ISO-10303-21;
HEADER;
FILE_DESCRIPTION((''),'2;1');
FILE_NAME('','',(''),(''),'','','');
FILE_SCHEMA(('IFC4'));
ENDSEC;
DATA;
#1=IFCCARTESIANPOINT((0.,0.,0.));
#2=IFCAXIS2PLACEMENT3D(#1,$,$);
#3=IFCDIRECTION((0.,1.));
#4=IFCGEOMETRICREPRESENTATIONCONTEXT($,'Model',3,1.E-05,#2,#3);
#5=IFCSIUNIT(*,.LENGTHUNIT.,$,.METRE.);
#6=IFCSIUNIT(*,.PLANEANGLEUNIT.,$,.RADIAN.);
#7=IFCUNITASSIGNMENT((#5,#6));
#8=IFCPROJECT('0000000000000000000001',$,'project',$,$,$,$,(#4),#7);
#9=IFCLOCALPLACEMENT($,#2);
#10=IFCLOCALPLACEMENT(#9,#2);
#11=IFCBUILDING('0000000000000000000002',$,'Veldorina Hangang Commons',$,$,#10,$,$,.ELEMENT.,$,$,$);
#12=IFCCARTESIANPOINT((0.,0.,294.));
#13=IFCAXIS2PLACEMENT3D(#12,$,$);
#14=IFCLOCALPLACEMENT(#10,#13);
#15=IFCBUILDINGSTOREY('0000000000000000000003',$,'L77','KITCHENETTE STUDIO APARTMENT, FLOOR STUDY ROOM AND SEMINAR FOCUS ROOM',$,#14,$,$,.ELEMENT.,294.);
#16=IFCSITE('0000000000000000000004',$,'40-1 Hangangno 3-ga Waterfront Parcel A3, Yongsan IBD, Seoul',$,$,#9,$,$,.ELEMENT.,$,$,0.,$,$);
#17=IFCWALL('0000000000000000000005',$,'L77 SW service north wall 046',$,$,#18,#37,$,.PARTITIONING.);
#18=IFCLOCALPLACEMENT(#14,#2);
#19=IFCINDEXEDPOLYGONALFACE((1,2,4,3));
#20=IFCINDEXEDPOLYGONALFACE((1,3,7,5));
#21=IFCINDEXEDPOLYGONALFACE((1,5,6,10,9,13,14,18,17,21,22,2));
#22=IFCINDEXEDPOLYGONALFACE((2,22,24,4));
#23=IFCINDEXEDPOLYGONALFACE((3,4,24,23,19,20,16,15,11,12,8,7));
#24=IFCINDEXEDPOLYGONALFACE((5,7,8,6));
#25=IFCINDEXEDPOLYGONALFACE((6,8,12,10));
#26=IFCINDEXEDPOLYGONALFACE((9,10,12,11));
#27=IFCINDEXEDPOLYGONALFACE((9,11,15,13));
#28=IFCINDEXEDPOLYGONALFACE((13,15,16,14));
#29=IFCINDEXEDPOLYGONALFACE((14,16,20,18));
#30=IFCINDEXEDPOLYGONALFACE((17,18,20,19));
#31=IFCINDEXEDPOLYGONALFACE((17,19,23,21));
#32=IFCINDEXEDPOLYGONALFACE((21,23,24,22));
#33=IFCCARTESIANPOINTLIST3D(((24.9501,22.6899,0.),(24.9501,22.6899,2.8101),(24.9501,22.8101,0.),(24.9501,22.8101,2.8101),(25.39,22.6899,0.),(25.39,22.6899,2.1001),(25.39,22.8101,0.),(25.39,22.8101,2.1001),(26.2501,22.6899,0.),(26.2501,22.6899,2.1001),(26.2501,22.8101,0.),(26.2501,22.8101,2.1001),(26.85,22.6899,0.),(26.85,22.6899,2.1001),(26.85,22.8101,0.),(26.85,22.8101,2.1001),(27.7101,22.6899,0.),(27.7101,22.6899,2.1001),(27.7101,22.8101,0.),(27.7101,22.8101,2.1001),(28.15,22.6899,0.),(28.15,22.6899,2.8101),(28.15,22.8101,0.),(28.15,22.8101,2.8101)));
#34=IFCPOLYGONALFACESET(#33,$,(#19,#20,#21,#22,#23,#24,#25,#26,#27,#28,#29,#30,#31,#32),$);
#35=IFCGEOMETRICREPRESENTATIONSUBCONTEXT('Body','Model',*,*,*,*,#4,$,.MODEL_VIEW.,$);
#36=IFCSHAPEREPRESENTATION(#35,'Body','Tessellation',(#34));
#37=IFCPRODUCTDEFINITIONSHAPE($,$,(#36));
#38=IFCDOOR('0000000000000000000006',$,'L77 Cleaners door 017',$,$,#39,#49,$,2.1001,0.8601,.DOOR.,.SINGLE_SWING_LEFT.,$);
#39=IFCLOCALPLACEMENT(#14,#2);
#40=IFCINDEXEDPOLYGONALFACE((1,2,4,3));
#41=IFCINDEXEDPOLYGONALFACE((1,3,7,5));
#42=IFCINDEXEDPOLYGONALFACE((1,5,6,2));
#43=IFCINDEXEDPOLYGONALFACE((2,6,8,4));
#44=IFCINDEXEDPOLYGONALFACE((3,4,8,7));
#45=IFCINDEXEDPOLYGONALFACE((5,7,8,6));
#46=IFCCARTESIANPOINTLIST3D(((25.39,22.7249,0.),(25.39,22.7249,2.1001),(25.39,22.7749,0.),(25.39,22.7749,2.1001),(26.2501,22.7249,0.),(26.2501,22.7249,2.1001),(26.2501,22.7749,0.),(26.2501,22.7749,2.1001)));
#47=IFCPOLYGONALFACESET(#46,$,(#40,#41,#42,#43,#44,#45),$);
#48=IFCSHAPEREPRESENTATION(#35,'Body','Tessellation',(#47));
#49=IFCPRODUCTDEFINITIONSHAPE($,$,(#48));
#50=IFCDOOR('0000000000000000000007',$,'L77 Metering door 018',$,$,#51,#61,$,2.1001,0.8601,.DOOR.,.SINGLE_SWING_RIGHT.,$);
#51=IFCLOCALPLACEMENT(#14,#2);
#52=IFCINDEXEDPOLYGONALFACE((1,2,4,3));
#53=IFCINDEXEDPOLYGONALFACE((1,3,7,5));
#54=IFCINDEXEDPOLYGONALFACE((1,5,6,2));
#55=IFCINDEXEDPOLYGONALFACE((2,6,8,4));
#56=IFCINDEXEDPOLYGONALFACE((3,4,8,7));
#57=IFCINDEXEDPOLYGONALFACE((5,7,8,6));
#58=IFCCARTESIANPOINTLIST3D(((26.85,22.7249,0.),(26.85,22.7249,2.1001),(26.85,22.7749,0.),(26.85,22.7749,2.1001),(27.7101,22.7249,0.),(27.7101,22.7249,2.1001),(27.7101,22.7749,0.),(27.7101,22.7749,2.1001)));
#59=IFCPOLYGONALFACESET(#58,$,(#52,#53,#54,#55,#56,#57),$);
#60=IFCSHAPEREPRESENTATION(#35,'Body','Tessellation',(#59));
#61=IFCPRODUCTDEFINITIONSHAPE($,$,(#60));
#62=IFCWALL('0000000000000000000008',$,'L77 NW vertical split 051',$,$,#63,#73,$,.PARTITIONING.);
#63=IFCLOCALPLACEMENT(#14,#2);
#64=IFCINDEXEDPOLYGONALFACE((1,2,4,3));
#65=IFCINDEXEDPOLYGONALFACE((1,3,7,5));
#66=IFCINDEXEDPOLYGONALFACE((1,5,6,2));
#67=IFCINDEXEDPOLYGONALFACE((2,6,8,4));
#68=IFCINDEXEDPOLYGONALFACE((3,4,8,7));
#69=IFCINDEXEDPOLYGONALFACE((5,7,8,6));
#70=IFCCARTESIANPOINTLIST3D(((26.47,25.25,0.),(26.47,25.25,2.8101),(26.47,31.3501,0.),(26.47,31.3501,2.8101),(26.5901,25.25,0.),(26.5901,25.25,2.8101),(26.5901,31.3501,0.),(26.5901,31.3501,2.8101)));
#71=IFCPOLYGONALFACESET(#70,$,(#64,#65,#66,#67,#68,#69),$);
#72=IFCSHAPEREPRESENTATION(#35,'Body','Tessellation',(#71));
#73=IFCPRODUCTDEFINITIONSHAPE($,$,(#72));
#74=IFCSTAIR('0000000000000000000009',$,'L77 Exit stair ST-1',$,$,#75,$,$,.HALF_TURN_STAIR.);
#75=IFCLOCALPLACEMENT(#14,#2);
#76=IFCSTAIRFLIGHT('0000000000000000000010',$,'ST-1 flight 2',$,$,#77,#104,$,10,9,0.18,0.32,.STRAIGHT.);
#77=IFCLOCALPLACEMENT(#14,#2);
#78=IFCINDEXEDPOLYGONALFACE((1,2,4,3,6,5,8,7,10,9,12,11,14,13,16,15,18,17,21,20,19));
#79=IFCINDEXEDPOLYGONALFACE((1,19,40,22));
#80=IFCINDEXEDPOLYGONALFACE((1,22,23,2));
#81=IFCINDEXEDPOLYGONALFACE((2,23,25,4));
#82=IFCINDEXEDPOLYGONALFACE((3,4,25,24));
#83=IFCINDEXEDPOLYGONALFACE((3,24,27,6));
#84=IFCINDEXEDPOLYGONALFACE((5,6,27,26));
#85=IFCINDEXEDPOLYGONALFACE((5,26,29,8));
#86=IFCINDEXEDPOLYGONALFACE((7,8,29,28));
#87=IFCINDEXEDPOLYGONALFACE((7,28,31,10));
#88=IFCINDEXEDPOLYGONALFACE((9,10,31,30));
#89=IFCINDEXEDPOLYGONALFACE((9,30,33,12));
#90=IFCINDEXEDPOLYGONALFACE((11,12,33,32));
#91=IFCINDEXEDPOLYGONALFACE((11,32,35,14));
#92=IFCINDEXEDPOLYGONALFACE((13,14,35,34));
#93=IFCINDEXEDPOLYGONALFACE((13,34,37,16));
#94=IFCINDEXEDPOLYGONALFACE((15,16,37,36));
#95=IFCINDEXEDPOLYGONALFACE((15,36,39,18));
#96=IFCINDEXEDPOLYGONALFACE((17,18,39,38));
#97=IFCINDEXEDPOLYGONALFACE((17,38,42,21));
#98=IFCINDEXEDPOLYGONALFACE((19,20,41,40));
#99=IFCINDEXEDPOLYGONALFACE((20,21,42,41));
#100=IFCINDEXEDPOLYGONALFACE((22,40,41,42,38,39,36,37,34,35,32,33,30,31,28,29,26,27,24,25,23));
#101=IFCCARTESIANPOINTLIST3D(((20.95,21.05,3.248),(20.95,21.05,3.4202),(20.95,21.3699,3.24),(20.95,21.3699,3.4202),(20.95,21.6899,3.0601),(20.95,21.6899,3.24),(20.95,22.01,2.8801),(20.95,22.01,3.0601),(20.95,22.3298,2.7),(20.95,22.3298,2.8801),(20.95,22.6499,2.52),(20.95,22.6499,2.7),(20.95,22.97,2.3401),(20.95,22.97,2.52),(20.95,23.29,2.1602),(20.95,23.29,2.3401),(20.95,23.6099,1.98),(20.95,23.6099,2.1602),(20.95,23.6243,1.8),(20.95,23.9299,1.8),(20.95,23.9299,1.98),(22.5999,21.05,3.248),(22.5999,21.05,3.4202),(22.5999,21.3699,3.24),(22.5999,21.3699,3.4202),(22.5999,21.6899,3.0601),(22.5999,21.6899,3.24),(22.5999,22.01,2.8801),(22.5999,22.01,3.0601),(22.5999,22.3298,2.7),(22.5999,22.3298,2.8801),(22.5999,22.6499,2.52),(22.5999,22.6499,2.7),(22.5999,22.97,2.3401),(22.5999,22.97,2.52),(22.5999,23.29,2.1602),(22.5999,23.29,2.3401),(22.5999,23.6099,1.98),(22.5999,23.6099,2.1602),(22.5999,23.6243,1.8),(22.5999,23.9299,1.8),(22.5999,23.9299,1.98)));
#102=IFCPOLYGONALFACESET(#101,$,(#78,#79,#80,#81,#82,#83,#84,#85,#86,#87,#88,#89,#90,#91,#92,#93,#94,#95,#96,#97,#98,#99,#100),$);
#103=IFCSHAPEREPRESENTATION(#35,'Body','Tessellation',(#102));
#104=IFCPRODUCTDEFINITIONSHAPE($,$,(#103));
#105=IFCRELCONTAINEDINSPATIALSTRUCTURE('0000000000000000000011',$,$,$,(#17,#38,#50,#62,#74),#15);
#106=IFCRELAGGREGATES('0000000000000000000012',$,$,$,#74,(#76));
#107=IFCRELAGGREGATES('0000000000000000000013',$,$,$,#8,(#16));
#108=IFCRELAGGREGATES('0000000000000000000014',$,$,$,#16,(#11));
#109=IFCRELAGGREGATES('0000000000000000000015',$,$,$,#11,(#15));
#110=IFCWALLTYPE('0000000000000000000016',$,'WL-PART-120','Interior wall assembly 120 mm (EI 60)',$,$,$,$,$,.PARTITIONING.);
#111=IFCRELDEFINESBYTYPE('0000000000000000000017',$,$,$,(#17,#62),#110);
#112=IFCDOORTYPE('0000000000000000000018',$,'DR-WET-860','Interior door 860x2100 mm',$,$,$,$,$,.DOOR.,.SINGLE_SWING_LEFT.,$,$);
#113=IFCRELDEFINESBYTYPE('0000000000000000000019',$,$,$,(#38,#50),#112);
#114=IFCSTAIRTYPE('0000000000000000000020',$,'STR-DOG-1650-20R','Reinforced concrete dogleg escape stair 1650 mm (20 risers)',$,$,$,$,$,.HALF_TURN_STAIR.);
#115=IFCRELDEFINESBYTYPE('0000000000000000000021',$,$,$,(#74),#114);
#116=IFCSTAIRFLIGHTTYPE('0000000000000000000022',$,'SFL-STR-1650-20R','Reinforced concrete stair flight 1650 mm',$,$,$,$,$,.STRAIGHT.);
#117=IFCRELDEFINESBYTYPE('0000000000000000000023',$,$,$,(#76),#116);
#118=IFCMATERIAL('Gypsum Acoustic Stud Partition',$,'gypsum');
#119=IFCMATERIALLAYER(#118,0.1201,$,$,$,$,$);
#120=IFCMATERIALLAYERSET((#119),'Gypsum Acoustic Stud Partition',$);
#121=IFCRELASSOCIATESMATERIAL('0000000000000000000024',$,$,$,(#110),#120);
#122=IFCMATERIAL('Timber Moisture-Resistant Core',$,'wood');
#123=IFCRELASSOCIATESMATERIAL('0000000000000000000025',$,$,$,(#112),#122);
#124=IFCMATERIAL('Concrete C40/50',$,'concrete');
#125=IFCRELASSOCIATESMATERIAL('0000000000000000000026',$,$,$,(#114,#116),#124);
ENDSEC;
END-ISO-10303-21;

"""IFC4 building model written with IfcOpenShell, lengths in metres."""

from ifc_helpers import new_model, si_unit, direction, frame, frame_2d, origin, place, context, subcontext, project, spatial, polyline, rectangle, outline, extrude, material, layer, layer_set, type_object, element, fill, aggregate, save


model = new_model("IFC4")

# Units and contexts
model_context = context("Model", 3, precision=1e-05, world=origin(), true_north=direction((0.0, 1.0)))
body_context = subcontext(model_context, "Body", "Model", "MODEL_VIEW")
ifc_project = project(units=[si_unit("LENGTHUNIT", "METRE"), si_unit("PLANEANGLEUNIT", "RADIAN")], contexts=[model_context])

# Site, building, storey
site_placement = place(None, origin())
site = spatial("IfcSite", under=ifc_project, at=site_placement, Name="40-1 Hangangno 3-ga Waterfront Parcel A3, Yongsan IBD, Seoul", CompositionType="ELEMENT", RefElevation=0.0)
building_placement = place(site_placement, origin())
building = spatial("IfcBuilding", under=site, at=building_placement, Name="Veldorina Hangang Commons", CompositionType="ELEMENT")
storey_placement = place(building_placement, frame((0.0, 0.0, 294.0)))
storey = spatial("IfcBuildingStorey", under=building, at=storey_placement, Name="L77", Description="KITCHENETTE STUDIO APARTMENT, FLOOR STUDY ROOM AND SEMINAR FOCUS ROOM", CompositionType="ELEMENT", Elevation=294.0)

# Shared definitions
ifc_material_1 = material(Name="Gypsum Acoustic Stud Partition", Category="gypsum")
ifc_layer_1 = layer(ifc_material_1, 0.1201)
ifc_layer_set_1 = layer_set([ifc_layer_1], Name="Gypsum Acoustic Stud Partition")
wall_type_1 = type_object("IfcWallType", Name="WL-PART-120", Description="Interior wall assembly 120 mm (EI 60)", PredefinedType="PARTITIONING", material=ifc_layer_set_1)

# Wall, openings, doors
ifc_material_2 = material(Name="Timber Moisture-Resistant Core", Category="wood")
door_type_1 = type_object("IfcDoorType", Name="DR-WET-860", Description="Interior door 860x2100 mm", OperationType="SINGLE_SWING_LEFT", PredefinedType="DOOR", material=ifc_material_2)
wall_1_placement = place(storey_placement, frame((24.95, 22.75, 0.0), z_axis=(0.0, 0.0, 1.0), x_axis=(1.0, 0.0, 0.0)))
wall_1 = element("IfcWall", 1, at=wall_1_placement, inside=storey, type_object=wall_type_1, Name="L77 SW service north wall 046", PredefinedType="PARTITIONING", context=body_context, shape_type="SweptSolid", body=[
    extrude(rectangle(XDim=3.2, YDim=0.1201, at=frame_2d((1.6001, 0.0))), origin(), (0.0, 0.0, 1.0), 2.8101),
])
opening_1_placement = place(wall_1_placement, frame((0.4399, 0.0, 0.0)))
opening_1 = element("IfcOpeningElement", 2, at=opening_1_placement, cuts=wall_1, PredefinedType="OPENING", context=body_context, shape_type="SweptSolid", body=[
    extrude(rectangle(XDim=0.8601, YDim=2.1001, at=frame_2d((0.4302, 1.05))), frame((0.0, 0.0701, 0.0), z_axis=(0.0, -1.0, 0.0), x_axis=(1.0, 0.0, 0.0)), (0.0, 0.0, 1.0), 0.1401),
])
opening_2_placement = place(wall_1_placement, frame((1.8999, 0.0, 0.0)))
opening_2 = element("IfcOpeningElement", 3, at=opening_2_placement, cuts=wall_1, PredefinedType="OPENING", context=body_context, shape_type="SweptSolid", body=[
    extrude(rectangle(XDim=0.8601, YDim=2.1001, at=frame_2d((0.4302, 1.05))), frame((0.0, 0.0701, 0.0), z_axis=(0.0, -1.0, 0.0), x_axis=(1.0, 0.0, 0.0)), (0.0, 0.0, 1.0), 0.1401),
])
door_1_placement = place(opening_1_placement, origin())
door_1 = element("IfcDoor", 4, at=door_1_placement, inside=storey, type_object=door_type_1, Name="L77 Cleaners door 017", OperationType="SINGLE_SWING_LEFT", OverallHeight=2.1001, OverallWidth=0.8601, PredefinedType="DOOR", context=body_context, shape_type="SweptSolid", body=[
    extrude(rectangle(XDim=0.8601, YDim=2.1001, at=frame_2d((0.4302, 1.05))), frame((0.0, 0.0249, 0.0), z_axis=(0.0, -1.0, 0.0), x_axis=(1.0, 0.0, 0.0)), (0.0, 0.0, 1.0), 0.05),
])
fill(opening_1, door_1)
door_2_placement = place(opening_2_placement, origin())
door_2 = element("IfcDoor", 5, at=door_2_placement, inside=storey, type_object=door_type_1, Name="L77 Metering door 018", OperationType="SINGLE_SWING_RIGHT", OverallHeight=2.1001, OverallWidth=0.8601, PredefinedType="DOOR", context=body_context, shape_type="SweptSolid", body=[
    extrude(rectangle(XDim=0.8601, YDim=2.1001, at=frame_2d((0.4302, 1.05))), frame((0.0, 0.0249, 0.0), z_axis=(0.0, -1.0, 0.0), x_axis=(1.0, 0.0, 0.0)), (0.0, 0.0, 1.0), 0.05),
])
fill(opening_2, door_2)

# Wall
wall_2_placement = place(storey_placement, frame((26.53, 25.25, 0.0), z_axis=(0.0, 0.0, 1.0), x_axis=(0.0, 1.0, 0.0)))
element("IfcWall", 6, at=wall_2_placement, inside=storey, type_object=wall_type_1, Name="L77 NW vertical split 051", PredefinedType="PARTITIONING", context=body_context, shape_type="SweptSolid", body=[
    extrude(rectangle(XDim=6.1001, YDim=0.1201, at=frame_2d((3.05, 0.0))), origin(), (0.0, 0.0, 1.0), 2.8101),
])

# Stair, stair flight
ifc_material_3 = material(Name="Concrete C40/50", Category="concrete")
stair_type = type_object("IfcStairType", Name="STR-DOG-1650-20R", Description="Reinforced concrete dogleg escape stair 1650 mm (20 risers)", PredefinedType="HALF_TURN_STAIR", material=ifc_material_3)
stair_placement = place(storey_placement, origin())
stair = element("IfcStair", 7, at=stair_placement, inside=storey, type_object=stair_type, Name="L77 Exit stair ST-1", PredefinedType="HALF_TURN_STAIR")
stair_flight_type = type_object("IfcStairFlightType", Name="SFL-STR-1650-20R", Description="Reinforced concrete stair flight 1650 mm", PredefinedType="STRAIGHT", material=ifc_material_3)
stair_flight_placement = place(storey_placement, frame((21.7749, 23.9299, 1.8), z_axis=(0.0, 0.0, 1.0), x_axis=(0.0, -1.0, 0.0)))
stair_flight = element("IfcStairFlight", 8, at=stair_flight_placement, type_object=stair_flight_type, Name="ST-1 flight 2", NumberOfRisers=10, NumberOfTreads=9, PredefinedType="STRAIGHT", RiserHeight=0.18, TreadLength=0.32, context=body_context, shape_type="SweptSolid", body=[
    extrude(outline(polyline([(0.0, 0.0), (0.0, 0.1799), (0.3201, 0.1799), (0.3201, 0.3601), (0.6399, 0.3601), (0.6399, 0.54), (0.96, 0.54), (0.96, 0.72), (1.28, 0.72), (1.28, 0.8999), (1.6001, 0.8999), (1.6001, 1.0801), (1.9199, 1.0801), (1.9199, 1.26), (2.24, 1.26), (2.24, 1.4399), (2.5601, 1.4399), (2.5601, 1.6201), (2.8799, 1.6201), (2.8799, 1.8), (2.8799, 1.448), (0.3057, 0.0), (0.0, 0.0)])), frame((0.0, 0.825, 0.0), z_axis=(0.0, -1.0, 0.0), x_axis=(1.0, 0.0, 0.0)), (0.0, 0.0, 1.0), 1.6499),
])
aggregate(stair, [stair_flight])

save(model, "model.ifc")
